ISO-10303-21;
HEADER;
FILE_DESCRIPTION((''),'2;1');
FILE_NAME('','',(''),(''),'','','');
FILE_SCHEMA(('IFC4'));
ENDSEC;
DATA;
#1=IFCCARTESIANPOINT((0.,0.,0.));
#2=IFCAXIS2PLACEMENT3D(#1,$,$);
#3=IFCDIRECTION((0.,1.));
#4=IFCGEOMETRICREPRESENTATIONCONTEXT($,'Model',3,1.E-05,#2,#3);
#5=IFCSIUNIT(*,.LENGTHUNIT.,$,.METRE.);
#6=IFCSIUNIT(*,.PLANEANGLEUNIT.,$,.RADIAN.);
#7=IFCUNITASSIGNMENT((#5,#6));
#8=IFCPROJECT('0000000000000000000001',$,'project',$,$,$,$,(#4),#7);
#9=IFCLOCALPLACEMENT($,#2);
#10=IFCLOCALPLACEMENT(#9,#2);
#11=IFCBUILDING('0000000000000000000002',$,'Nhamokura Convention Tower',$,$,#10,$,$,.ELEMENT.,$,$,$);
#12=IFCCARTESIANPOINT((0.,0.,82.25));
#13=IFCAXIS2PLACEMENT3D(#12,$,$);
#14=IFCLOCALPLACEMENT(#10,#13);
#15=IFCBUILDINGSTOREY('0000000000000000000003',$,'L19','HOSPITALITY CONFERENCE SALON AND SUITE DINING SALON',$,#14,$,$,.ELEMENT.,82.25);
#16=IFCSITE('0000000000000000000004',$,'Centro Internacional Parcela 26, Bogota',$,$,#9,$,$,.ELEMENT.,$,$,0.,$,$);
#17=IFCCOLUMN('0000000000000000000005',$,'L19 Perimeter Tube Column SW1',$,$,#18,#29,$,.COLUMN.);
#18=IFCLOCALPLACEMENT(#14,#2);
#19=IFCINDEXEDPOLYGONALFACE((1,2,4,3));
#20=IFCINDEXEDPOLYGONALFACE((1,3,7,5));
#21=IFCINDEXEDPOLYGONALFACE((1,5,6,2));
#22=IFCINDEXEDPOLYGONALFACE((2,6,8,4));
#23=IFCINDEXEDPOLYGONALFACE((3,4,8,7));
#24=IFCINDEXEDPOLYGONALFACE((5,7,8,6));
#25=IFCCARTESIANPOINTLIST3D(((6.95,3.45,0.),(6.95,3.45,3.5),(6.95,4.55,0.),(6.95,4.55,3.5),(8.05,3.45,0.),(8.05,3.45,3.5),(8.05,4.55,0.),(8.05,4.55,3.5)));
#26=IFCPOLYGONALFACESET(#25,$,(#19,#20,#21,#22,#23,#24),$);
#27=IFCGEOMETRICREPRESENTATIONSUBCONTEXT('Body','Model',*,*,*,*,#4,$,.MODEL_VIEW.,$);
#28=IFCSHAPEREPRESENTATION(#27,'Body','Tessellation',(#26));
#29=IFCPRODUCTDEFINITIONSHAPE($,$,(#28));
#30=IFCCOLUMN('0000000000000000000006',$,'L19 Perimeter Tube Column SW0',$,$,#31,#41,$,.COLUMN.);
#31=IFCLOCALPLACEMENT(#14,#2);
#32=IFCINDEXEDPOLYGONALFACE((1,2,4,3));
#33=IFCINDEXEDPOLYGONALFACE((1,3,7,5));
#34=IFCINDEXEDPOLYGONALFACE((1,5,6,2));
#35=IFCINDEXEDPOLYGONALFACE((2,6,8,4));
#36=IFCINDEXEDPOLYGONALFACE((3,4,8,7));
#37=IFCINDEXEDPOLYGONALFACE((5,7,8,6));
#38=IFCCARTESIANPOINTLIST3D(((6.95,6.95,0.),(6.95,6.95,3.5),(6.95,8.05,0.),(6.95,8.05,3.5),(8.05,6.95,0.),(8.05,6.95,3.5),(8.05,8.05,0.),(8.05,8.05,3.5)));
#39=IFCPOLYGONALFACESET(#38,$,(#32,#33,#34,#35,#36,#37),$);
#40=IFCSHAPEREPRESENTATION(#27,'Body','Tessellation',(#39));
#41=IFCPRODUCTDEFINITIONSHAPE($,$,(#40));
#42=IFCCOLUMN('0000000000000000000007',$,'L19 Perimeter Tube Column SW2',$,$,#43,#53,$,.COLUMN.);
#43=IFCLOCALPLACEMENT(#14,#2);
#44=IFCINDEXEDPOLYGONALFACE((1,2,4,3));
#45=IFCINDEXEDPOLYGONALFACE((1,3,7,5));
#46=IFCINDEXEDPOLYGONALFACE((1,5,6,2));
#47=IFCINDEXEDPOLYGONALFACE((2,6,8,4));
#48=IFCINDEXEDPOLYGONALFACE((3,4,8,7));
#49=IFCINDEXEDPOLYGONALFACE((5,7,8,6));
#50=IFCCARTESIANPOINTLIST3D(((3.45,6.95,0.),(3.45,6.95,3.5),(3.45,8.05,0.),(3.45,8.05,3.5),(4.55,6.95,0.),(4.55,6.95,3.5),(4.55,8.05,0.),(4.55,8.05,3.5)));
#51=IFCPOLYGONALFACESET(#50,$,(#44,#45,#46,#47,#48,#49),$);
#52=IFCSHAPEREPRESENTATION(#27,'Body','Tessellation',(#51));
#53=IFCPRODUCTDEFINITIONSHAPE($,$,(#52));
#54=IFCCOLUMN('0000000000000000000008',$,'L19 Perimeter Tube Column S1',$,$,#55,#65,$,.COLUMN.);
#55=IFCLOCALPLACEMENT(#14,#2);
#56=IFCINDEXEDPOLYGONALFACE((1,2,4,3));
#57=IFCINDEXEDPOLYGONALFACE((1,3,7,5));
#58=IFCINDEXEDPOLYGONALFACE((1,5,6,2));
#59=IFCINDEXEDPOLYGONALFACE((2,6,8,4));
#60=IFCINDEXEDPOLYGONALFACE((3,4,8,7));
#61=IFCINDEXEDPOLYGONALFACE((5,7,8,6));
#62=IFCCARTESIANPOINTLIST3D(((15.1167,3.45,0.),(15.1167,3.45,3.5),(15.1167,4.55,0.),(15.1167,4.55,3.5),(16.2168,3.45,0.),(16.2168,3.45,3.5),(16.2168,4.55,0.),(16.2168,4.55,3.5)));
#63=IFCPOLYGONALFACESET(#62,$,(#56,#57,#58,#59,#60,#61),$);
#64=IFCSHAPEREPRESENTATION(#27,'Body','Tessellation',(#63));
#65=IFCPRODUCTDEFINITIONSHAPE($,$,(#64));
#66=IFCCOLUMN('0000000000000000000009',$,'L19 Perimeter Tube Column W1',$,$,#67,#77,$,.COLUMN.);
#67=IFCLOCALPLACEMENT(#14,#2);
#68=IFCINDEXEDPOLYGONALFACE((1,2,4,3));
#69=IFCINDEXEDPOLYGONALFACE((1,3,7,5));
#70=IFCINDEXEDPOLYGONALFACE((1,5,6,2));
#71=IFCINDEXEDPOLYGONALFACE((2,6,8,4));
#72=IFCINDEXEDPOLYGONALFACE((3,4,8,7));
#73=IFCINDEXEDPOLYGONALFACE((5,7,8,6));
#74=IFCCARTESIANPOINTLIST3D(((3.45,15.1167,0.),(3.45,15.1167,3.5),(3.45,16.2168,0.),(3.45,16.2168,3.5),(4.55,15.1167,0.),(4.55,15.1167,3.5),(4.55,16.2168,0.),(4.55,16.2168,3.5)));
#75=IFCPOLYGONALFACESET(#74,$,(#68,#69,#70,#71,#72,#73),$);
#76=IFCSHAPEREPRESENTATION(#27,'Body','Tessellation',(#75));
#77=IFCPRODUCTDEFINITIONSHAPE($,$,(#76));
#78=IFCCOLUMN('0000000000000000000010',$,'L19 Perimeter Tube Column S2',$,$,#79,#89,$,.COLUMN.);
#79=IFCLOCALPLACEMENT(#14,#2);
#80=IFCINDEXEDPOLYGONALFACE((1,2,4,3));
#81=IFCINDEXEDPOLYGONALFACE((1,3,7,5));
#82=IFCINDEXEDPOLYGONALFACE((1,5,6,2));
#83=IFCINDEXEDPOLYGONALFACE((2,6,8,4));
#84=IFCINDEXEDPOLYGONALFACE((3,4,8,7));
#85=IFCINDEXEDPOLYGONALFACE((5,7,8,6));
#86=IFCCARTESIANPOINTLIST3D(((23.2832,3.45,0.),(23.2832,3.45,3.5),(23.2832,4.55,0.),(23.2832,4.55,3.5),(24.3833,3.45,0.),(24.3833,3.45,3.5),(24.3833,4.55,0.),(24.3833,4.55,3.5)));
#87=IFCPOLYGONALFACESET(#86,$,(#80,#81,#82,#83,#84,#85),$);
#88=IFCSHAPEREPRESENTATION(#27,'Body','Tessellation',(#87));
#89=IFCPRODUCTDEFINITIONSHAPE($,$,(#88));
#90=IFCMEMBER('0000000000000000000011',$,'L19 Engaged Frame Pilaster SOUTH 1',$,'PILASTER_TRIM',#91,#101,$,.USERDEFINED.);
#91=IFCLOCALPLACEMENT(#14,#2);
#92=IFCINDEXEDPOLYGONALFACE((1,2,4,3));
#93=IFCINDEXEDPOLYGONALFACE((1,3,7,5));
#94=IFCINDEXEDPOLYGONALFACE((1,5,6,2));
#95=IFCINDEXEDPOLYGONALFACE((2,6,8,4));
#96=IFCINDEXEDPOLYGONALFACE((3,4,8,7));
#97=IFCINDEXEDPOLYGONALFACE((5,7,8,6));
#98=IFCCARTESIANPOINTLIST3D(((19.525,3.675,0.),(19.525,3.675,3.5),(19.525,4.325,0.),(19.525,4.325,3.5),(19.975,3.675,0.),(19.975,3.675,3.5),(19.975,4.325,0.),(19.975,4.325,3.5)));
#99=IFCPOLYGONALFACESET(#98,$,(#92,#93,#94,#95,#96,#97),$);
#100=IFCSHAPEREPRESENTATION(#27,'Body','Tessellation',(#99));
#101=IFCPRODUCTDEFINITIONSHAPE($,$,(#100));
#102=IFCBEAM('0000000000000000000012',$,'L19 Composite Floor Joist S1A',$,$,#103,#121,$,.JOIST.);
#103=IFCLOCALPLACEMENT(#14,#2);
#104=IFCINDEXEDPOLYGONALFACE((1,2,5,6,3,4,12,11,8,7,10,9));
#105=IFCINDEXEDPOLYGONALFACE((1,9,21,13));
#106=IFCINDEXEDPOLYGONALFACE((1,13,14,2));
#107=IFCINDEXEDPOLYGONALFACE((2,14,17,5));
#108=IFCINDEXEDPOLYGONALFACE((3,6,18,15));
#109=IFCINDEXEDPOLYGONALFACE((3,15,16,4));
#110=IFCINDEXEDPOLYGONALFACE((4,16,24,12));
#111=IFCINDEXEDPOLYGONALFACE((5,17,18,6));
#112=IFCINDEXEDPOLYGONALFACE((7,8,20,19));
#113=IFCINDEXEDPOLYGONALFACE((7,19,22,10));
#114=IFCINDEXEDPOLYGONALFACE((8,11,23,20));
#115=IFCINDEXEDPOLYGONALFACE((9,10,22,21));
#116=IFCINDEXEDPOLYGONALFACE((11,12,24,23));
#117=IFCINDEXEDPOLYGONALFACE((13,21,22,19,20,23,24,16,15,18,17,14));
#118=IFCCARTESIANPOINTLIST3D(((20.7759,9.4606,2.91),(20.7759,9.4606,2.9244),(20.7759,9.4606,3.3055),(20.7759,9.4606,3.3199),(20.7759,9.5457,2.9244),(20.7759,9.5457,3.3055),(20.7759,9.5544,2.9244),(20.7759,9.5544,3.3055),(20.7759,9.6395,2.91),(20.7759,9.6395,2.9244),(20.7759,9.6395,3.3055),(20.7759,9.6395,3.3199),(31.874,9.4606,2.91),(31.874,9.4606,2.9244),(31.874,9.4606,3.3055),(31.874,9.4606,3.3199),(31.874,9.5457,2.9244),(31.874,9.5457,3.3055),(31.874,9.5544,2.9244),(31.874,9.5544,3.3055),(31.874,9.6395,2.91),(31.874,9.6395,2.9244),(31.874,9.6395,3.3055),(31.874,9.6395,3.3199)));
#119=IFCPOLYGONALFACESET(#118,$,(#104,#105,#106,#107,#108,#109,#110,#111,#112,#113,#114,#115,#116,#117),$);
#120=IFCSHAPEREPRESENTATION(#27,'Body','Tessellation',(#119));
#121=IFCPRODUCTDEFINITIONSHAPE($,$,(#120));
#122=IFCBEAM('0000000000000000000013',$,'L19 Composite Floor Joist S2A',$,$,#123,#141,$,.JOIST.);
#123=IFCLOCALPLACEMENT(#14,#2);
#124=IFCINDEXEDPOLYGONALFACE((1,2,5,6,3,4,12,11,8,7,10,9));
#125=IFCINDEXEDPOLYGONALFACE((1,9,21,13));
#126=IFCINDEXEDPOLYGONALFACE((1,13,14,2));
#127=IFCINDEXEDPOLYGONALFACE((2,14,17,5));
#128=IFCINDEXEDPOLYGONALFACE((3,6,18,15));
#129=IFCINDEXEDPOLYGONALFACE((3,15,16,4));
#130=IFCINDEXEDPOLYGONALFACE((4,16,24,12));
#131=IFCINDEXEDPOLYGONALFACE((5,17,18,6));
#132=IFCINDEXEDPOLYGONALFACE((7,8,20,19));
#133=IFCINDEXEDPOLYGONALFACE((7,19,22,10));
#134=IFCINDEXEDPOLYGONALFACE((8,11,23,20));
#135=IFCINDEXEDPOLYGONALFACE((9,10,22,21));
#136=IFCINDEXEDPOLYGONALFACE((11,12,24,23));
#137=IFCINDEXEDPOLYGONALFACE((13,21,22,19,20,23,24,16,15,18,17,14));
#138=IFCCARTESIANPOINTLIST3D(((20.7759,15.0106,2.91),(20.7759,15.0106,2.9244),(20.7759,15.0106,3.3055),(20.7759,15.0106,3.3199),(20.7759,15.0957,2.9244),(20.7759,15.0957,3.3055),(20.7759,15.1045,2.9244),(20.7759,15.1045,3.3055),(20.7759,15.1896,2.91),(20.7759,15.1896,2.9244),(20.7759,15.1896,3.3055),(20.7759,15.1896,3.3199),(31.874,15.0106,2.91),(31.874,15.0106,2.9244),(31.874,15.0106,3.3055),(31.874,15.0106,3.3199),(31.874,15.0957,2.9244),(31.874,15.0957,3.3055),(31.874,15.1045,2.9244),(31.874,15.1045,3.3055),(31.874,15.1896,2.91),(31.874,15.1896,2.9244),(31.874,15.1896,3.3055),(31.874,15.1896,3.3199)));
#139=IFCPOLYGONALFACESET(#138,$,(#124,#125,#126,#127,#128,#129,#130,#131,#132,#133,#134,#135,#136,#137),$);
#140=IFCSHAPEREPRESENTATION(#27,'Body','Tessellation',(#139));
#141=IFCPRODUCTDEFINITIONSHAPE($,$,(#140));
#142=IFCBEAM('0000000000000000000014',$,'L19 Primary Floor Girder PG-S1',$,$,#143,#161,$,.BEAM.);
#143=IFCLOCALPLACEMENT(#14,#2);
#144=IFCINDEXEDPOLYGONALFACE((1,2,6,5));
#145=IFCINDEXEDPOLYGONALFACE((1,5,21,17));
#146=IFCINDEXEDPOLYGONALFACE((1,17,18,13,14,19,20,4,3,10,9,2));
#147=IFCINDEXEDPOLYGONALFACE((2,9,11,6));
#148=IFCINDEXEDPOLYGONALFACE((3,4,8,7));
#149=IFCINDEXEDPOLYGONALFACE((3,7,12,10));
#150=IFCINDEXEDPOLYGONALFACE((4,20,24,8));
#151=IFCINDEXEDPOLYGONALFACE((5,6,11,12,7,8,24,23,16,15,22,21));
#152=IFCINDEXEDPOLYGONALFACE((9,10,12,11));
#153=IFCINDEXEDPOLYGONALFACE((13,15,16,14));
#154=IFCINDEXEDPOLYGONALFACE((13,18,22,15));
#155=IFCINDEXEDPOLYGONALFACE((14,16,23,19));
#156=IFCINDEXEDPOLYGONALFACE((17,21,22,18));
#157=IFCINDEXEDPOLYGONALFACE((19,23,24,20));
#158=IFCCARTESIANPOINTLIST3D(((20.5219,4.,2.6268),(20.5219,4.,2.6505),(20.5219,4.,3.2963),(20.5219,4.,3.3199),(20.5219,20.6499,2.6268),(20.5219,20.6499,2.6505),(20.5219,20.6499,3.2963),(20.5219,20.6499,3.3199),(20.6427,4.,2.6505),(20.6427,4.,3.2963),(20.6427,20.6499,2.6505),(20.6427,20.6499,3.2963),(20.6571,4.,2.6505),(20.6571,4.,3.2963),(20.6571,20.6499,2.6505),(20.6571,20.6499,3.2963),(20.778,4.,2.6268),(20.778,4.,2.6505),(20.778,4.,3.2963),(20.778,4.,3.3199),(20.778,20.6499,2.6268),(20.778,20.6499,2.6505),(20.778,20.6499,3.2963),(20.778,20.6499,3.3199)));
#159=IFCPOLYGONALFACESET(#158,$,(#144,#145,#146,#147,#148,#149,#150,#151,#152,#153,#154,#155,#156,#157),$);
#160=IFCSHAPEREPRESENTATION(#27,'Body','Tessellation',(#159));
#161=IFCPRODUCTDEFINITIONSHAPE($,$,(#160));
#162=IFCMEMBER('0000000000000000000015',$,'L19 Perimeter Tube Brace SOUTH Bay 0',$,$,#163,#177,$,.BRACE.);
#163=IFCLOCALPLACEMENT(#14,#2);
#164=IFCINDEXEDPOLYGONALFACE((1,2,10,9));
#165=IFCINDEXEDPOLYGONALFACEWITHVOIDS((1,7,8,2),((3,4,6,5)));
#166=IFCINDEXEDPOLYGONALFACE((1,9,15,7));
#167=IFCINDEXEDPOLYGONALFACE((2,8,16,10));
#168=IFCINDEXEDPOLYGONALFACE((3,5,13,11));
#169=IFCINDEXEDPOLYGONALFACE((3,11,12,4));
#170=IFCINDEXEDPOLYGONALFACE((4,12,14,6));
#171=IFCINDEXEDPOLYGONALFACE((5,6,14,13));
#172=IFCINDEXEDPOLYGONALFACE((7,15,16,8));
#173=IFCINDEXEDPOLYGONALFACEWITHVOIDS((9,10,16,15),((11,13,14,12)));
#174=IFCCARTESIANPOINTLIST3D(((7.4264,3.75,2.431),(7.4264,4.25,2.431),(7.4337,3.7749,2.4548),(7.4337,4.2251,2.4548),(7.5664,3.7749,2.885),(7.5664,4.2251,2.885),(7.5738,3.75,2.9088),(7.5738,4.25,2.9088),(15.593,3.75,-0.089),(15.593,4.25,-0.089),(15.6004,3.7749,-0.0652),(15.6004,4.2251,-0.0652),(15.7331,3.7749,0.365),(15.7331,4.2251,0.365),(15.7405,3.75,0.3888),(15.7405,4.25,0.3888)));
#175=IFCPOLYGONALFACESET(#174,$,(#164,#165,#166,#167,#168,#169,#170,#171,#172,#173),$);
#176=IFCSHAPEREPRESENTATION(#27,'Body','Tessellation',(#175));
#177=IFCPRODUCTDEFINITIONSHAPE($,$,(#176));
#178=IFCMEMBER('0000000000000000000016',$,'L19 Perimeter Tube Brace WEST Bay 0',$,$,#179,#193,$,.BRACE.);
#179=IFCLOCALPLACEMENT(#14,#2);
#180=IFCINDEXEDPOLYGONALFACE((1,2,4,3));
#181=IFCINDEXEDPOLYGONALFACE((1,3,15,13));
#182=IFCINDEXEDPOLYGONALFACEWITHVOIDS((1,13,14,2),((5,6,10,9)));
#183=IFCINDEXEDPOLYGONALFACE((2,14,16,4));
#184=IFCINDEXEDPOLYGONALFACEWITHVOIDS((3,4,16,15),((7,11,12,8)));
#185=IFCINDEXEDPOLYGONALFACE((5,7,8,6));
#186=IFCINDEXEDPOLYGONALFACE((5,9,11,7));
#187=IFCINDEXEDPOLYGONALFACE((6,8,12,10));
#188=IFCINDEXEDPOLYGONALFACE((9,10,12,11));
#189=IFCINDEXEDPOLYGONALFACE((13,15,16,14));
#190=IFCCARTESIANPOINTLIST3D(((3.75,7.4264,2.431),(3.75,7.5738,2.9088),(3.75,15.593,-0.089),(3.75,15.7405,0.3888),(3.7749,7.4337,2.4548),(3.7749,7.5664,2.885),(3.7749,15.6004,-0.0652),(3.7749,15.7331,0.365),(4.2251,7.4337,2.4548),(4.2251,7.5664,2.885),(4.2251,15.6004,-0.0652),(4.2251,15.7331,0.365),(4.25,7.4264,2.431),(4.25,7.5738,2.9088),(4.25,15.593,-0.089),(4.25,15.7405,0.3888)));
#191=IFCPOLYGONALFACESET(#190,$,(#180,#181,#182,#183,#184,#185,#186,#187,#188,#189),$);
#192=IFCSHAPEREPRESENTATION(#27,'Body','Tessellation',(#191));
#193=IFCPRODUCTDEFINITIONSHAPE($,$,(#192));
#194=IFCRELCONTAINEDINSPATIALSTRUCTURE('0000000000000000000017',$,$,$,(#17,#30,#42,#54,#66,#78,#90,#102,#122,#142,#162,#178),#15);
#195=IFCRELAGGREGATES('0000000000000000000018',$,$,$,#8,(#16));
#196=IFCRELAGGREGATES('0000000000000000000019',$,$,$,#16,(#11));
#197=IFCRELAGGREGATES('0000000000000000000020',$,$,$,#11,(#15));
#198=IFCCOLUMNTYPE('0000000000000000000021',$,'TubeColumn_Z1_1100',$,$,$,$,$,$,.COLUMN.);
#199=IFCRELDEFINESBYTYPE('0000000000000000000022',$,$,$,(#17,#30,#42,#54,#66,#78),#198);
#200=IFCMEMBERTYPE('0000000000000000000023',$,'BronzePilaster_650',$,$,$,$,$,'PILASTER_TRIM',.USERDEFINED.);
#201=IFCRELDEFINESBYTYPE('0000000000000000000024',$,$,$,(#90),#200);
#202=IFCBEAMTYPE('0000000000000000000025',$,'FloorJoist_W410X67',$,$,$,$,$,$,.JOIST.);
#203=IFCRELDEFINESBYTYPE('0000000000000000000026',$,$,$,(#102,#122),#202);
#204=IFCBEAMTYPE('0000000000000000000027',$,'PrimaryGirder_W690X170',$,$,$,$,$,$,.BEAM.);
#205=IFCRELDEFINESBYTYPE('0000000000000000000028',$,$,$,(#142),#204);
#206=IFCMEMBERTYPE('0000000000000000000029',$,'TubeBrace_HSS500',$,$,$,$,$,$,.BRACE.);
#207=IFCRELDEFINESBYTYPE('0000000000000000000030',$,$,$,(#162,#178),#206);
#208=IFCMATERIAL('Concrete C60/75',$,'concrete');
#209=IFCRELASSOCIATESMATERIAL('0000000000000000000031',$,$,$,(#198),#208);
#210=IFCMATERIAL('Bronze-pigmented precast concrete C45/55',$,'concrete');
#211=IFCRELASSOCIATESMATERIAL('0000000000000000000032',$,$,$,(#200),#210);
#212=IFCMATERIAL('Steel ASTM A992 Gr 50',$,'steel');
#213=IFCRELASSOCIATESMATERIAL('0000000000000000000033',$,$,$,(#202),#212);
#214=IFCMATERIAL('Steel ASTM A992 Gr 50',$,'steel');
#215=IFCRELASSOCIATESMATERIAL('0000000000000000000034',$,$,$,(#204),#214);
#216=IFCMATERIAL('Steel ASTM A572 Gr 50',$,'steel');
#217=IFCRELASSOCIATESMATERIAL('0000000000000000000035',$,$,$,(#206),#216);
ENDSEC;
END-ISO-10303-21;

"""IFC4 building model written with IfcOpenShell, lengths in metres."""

from ifc_helpers import new_model, si_unit, direction, frame, origin, origin_2d, place, context, subcontext, project, spatial, rectangle, hollow_rectangle, i_section, extrude, material, material_profile, profile_set, type_object, element, save


model = new_model("IFC4")

# Units and contexts
model_context = context("Model", 3, precision=1e-05, world=origin(), true_north=direction((0.0, 1.0)))
body_context = subcontext(model_context, "Body", "Model", "MODEL_VIEW")
ifc_project = project(units=[si_unit("LENGTHUNIT", "METRE"), si_unit("PLANEANGLEUNIT", "RADIAN")], contexts=[model_context])

# Site, building, storey
site_placement = place(None, origin())
site = spatial("IfcSite", under=ifc_project, at=site_placement, Name="Centro Internacional Parcela 26, Bogota", CompositionType="ELEMENT", RefElevation=0.0)
building_placement = place(site_placement, origin())
building = spatial("IfcBuilding", under=site, at=building_placement, Name="Nhamokura Convention Tower", CompositionType="ELEMENT")
storey_placement = place(building_placement, frame((0.0, 0.0, 82.25)))
storey = spatial("IfcBuildingStorey", under=building, at=storey_placement, Name="L19", Description="HOSPITALITY CONFERENCE SALON AND SUITE DINING SALON", CompositionType="ELEMENT", Elevation=82.25)

# Columns
ifc_material_1 = material(Name="Concrete C60/75", Category="concrete")
ifc_material_profile_1 = material_profile(ifc_material_1, rectangle(XDim=1.1001, YDim=1.1001, at=origin_2d()))
ifc_profile_set_1 = profile_set([ifc_material_profile_1], Name="Concrete C60/75")
column_type = type_object("IfcColumnType", Name="TubeColumn_Z1_1100", PredefinedType="COLUMN", material=ifc_profile_set_1)
for number, where, z_axis, x_axis, name in (
    (1, (7.5, 4.0, 0.0), (0.0, 0.0, 1.0), (1.0, 0.0, 0.0), "L19 Perimeter Tube Column SW1"),
    (2, (7.5, 7.5, 0.0), (0.0, 0.0, 1.0), (1.0, 0.0, 0.0), "L19 Perimeter Tube Column SW0"),
    (3, (4.0, 7.5, 0.0), (0.0, 0.0, 1.0), (1.0, 0.0, 0.0), "L19 Perimeter Tube Column SW2"),
    (4, (15.6667, 4.0, 0.0), (0.0, 0.0, 1.0), (1.0, 0.0, 0.0), "L19 Perimeter Tube Column S1"),
    (5, (4.0, 15.6667, 0.0), (0.0, 0.0, 1.0), (1.0, 0.0, 0.0), "L19 Perimeter Tube Column W1"),
    (6, (23.8333, 4.0, 0.0), (0.0, 0.0, 1.0), (1.0, 0.0, 0.0), "L19 Perimeter Tube Column S2"),
):
    element("IfcColumn", number, at=place(storey_placement, frame(where, z_axis=z_axis, x_axis=x_axis)), inside=storey, type_object=column_type, Name=name, PredefinedType="COLUMN", context=body_context, shape_type="SweptSolid", body=[
        extrude(rectangle(XDim=1.1001, YDim=1.1001, at=origin_2d()), origin(), (0.0, 0.0, 1.0), 3.5),
    ])

# Member
ifc_material_2 = material(Name="Bronze-pigmented precast concrete C45/55", Category="concrete")
ifc_material_profile_2 = material_profile(ifc_material_2, rectangle(XDim=0.45, YDim=0.6499, at=origin_2d()))
ifc_profile_set_2 = profile_set([ifc_material_profile_2], Name="Bronze-pigmented precast concrete C45/55")
member_type_1 = type_object("IfcMemberType", Name="BronzePilaster_650", ElementType="PILASTER_TRIM", PredefinedType="USERDEFINED", material=ifc_profile_set_2)
member_placement = place(storey_placement, frame((19.75, 4.0, 0.0), z_axis=(0.0, 0.0, 1.0), x_axis=(1.0, 0.0, 0.0)))
element("IfcMember", 7, at=member_placement, inside=storey, type_object=member_type_1, Name="L19 Engaged Frame Pilaster SOUTH 1", ObjectType="PILASTER_TRIM", PredefinedType="USERDEFINED", context=body_context, shape_type="SweptSolid", body=[
    extrude(rectangle(XDim=0.45, YDim=0.6499, at=origin_2d()), origin(), (0.0, 0.0, 1.0), 3.5),
])

# Beams
ifc_material_3 = material(Name="Steel ASTM A992 Gr 50", Category="steel")
ifc_material_profile_3 = material_profile(ifc_material_3, i_section(OverallWidth=0.179, OverallDepth=0.4099, WebThickness=0.0088, FlangeThickness=0.0144, at=origin_2d()))
ifc_profile_set_3 = profile_set([ifc_material_profile_3], Name="Steel ASTM A992 Gr 50")
beam_type_1 = type_object("IfcBeamType", Name="FloorJoist_W410X67", PredefinedType="JOIST", material=ifc_profile_set_3)
for number, where, z_axis, x_axis, name in (
    (8, (20.7759, 9.55, 3.115), (1.0, 0.0, 0.0), (0.0, 1.0, 0.0), "L19 Composite Floor Joist S1A"),
    (9, (20.7759, 15.1001, 3.115), (1.0, 0.0, 0.0), (0.0, 1.0, 0.0), "L19 Composite Floor Joist S2A"),
):
    element("IfcBeam", number, at=place(storey_placement, frame(where, z_axis=z_axis, x_axis=x_axis)), inside=storey, type_object=beam_type_1, Name=name, PredefinedType="JOIST", context=body_context, shape_type="SweptSolid", body=[
        extrude(i_section(OverallWidth=0.179, OverallDepth=0.4099, WebThickness=0.0088, FlangeThickness=0.0144, at=origin_2d()), origin(), (0.0, 0.0, 1.0), 11.0981),
    ])
ifc_material_4 = material(Name="Steel ASTM A992 Gr 50", Category="steel")
ifc_material_profile_4 = material_profile(ifc_material_4, i_section(OverallWidth=0.2561, OverallDepth=0.6931, WebThickness=0.0144, FlangeThickness=0.0237, at=origin_2d()))
ifc_profile_set_4 = profile_set([ifc_material_profile_4], Name="Steel ASTM A992 Gr 50")
beam_type_2 = type_object("IfcBeamType", Name="PrimaryGirder_W690X170", PredefinedType="BEAM", material=ifc_profile_set_4)
beam_1_placement = place(storey_placement, frame((20.6499, 4.0, 2.9734), z_axis=(0.0, 1.0, 0.0), x_axis=(-1.0, 0.0, 0.0)))
element("IfcBeam", 10, at=beam_1_placement, inside=storey, type_object=beam_type_2, Name="L19 Primary Floor Girder PG-S1", PredefinedType="BEAM", context=body_context, shape_type="SweptSolid", body=[
    extrude(i_section(OverallWidth=0.2561, OverallDepth=0.6931, WebThickness=0.0144, FlangeThickness=0.0237, at=origin_2d()), origin(), (0.0, 0.0, 1.0), 16.6499),
])

# Members
ifc_material_5 = material(Name="Steel ASTM A572 Gr 50", Category="steel")
ifc_material_profile_5 = material_profile(ifc_material_5, hollow_rectangle(XDim=0.5, YDim=0.5, WallThickness=0.0249, at=origin_2d()))
ifc_profile_set_5 = profile_set([ifc_material_profile_5], Name="Steel ASTM A572 Gr 50")
member_type_2 = type_object("IfcMemberType", Name="TubeBrace_HSS500", PredefinedType="BRACE", material=ifc_profile_set_5)
for number, where, z_axis, x_axis, name in (
    (11, (15.6667, 4.0, 0.1499), (-0.955543, 0.0, 0.294853), (0.0, -1.0, 0.0), "L19 Perimeter Tube Brace SOUTH Bay 0"),
    (12, (4.0, 15.6667, 0.1499), (0.0, -0.955543, 0.294853), (1.0, 0.0, 0.0), "L19 Perimeter Tube Brace WEST Bay 0"),
):
    element("IfcMember", number, at=place(storey_placement, frame(where, z_axis=z_axis, x_axis=x_axis)), inside=storey, type_object=member_type_2, Name=name, PredefinedType="BRACE", context=body_context, shape_type="SweptSolid", body=[
        extrude(hollow_rectangle(XDim=0.5, YDim=0.5, WallThickness=0.0249, at=origin_2d()), origin(), (0.0, 0.0, 1.0), 8.5466),
    ])

save(model, "model.ifc")
